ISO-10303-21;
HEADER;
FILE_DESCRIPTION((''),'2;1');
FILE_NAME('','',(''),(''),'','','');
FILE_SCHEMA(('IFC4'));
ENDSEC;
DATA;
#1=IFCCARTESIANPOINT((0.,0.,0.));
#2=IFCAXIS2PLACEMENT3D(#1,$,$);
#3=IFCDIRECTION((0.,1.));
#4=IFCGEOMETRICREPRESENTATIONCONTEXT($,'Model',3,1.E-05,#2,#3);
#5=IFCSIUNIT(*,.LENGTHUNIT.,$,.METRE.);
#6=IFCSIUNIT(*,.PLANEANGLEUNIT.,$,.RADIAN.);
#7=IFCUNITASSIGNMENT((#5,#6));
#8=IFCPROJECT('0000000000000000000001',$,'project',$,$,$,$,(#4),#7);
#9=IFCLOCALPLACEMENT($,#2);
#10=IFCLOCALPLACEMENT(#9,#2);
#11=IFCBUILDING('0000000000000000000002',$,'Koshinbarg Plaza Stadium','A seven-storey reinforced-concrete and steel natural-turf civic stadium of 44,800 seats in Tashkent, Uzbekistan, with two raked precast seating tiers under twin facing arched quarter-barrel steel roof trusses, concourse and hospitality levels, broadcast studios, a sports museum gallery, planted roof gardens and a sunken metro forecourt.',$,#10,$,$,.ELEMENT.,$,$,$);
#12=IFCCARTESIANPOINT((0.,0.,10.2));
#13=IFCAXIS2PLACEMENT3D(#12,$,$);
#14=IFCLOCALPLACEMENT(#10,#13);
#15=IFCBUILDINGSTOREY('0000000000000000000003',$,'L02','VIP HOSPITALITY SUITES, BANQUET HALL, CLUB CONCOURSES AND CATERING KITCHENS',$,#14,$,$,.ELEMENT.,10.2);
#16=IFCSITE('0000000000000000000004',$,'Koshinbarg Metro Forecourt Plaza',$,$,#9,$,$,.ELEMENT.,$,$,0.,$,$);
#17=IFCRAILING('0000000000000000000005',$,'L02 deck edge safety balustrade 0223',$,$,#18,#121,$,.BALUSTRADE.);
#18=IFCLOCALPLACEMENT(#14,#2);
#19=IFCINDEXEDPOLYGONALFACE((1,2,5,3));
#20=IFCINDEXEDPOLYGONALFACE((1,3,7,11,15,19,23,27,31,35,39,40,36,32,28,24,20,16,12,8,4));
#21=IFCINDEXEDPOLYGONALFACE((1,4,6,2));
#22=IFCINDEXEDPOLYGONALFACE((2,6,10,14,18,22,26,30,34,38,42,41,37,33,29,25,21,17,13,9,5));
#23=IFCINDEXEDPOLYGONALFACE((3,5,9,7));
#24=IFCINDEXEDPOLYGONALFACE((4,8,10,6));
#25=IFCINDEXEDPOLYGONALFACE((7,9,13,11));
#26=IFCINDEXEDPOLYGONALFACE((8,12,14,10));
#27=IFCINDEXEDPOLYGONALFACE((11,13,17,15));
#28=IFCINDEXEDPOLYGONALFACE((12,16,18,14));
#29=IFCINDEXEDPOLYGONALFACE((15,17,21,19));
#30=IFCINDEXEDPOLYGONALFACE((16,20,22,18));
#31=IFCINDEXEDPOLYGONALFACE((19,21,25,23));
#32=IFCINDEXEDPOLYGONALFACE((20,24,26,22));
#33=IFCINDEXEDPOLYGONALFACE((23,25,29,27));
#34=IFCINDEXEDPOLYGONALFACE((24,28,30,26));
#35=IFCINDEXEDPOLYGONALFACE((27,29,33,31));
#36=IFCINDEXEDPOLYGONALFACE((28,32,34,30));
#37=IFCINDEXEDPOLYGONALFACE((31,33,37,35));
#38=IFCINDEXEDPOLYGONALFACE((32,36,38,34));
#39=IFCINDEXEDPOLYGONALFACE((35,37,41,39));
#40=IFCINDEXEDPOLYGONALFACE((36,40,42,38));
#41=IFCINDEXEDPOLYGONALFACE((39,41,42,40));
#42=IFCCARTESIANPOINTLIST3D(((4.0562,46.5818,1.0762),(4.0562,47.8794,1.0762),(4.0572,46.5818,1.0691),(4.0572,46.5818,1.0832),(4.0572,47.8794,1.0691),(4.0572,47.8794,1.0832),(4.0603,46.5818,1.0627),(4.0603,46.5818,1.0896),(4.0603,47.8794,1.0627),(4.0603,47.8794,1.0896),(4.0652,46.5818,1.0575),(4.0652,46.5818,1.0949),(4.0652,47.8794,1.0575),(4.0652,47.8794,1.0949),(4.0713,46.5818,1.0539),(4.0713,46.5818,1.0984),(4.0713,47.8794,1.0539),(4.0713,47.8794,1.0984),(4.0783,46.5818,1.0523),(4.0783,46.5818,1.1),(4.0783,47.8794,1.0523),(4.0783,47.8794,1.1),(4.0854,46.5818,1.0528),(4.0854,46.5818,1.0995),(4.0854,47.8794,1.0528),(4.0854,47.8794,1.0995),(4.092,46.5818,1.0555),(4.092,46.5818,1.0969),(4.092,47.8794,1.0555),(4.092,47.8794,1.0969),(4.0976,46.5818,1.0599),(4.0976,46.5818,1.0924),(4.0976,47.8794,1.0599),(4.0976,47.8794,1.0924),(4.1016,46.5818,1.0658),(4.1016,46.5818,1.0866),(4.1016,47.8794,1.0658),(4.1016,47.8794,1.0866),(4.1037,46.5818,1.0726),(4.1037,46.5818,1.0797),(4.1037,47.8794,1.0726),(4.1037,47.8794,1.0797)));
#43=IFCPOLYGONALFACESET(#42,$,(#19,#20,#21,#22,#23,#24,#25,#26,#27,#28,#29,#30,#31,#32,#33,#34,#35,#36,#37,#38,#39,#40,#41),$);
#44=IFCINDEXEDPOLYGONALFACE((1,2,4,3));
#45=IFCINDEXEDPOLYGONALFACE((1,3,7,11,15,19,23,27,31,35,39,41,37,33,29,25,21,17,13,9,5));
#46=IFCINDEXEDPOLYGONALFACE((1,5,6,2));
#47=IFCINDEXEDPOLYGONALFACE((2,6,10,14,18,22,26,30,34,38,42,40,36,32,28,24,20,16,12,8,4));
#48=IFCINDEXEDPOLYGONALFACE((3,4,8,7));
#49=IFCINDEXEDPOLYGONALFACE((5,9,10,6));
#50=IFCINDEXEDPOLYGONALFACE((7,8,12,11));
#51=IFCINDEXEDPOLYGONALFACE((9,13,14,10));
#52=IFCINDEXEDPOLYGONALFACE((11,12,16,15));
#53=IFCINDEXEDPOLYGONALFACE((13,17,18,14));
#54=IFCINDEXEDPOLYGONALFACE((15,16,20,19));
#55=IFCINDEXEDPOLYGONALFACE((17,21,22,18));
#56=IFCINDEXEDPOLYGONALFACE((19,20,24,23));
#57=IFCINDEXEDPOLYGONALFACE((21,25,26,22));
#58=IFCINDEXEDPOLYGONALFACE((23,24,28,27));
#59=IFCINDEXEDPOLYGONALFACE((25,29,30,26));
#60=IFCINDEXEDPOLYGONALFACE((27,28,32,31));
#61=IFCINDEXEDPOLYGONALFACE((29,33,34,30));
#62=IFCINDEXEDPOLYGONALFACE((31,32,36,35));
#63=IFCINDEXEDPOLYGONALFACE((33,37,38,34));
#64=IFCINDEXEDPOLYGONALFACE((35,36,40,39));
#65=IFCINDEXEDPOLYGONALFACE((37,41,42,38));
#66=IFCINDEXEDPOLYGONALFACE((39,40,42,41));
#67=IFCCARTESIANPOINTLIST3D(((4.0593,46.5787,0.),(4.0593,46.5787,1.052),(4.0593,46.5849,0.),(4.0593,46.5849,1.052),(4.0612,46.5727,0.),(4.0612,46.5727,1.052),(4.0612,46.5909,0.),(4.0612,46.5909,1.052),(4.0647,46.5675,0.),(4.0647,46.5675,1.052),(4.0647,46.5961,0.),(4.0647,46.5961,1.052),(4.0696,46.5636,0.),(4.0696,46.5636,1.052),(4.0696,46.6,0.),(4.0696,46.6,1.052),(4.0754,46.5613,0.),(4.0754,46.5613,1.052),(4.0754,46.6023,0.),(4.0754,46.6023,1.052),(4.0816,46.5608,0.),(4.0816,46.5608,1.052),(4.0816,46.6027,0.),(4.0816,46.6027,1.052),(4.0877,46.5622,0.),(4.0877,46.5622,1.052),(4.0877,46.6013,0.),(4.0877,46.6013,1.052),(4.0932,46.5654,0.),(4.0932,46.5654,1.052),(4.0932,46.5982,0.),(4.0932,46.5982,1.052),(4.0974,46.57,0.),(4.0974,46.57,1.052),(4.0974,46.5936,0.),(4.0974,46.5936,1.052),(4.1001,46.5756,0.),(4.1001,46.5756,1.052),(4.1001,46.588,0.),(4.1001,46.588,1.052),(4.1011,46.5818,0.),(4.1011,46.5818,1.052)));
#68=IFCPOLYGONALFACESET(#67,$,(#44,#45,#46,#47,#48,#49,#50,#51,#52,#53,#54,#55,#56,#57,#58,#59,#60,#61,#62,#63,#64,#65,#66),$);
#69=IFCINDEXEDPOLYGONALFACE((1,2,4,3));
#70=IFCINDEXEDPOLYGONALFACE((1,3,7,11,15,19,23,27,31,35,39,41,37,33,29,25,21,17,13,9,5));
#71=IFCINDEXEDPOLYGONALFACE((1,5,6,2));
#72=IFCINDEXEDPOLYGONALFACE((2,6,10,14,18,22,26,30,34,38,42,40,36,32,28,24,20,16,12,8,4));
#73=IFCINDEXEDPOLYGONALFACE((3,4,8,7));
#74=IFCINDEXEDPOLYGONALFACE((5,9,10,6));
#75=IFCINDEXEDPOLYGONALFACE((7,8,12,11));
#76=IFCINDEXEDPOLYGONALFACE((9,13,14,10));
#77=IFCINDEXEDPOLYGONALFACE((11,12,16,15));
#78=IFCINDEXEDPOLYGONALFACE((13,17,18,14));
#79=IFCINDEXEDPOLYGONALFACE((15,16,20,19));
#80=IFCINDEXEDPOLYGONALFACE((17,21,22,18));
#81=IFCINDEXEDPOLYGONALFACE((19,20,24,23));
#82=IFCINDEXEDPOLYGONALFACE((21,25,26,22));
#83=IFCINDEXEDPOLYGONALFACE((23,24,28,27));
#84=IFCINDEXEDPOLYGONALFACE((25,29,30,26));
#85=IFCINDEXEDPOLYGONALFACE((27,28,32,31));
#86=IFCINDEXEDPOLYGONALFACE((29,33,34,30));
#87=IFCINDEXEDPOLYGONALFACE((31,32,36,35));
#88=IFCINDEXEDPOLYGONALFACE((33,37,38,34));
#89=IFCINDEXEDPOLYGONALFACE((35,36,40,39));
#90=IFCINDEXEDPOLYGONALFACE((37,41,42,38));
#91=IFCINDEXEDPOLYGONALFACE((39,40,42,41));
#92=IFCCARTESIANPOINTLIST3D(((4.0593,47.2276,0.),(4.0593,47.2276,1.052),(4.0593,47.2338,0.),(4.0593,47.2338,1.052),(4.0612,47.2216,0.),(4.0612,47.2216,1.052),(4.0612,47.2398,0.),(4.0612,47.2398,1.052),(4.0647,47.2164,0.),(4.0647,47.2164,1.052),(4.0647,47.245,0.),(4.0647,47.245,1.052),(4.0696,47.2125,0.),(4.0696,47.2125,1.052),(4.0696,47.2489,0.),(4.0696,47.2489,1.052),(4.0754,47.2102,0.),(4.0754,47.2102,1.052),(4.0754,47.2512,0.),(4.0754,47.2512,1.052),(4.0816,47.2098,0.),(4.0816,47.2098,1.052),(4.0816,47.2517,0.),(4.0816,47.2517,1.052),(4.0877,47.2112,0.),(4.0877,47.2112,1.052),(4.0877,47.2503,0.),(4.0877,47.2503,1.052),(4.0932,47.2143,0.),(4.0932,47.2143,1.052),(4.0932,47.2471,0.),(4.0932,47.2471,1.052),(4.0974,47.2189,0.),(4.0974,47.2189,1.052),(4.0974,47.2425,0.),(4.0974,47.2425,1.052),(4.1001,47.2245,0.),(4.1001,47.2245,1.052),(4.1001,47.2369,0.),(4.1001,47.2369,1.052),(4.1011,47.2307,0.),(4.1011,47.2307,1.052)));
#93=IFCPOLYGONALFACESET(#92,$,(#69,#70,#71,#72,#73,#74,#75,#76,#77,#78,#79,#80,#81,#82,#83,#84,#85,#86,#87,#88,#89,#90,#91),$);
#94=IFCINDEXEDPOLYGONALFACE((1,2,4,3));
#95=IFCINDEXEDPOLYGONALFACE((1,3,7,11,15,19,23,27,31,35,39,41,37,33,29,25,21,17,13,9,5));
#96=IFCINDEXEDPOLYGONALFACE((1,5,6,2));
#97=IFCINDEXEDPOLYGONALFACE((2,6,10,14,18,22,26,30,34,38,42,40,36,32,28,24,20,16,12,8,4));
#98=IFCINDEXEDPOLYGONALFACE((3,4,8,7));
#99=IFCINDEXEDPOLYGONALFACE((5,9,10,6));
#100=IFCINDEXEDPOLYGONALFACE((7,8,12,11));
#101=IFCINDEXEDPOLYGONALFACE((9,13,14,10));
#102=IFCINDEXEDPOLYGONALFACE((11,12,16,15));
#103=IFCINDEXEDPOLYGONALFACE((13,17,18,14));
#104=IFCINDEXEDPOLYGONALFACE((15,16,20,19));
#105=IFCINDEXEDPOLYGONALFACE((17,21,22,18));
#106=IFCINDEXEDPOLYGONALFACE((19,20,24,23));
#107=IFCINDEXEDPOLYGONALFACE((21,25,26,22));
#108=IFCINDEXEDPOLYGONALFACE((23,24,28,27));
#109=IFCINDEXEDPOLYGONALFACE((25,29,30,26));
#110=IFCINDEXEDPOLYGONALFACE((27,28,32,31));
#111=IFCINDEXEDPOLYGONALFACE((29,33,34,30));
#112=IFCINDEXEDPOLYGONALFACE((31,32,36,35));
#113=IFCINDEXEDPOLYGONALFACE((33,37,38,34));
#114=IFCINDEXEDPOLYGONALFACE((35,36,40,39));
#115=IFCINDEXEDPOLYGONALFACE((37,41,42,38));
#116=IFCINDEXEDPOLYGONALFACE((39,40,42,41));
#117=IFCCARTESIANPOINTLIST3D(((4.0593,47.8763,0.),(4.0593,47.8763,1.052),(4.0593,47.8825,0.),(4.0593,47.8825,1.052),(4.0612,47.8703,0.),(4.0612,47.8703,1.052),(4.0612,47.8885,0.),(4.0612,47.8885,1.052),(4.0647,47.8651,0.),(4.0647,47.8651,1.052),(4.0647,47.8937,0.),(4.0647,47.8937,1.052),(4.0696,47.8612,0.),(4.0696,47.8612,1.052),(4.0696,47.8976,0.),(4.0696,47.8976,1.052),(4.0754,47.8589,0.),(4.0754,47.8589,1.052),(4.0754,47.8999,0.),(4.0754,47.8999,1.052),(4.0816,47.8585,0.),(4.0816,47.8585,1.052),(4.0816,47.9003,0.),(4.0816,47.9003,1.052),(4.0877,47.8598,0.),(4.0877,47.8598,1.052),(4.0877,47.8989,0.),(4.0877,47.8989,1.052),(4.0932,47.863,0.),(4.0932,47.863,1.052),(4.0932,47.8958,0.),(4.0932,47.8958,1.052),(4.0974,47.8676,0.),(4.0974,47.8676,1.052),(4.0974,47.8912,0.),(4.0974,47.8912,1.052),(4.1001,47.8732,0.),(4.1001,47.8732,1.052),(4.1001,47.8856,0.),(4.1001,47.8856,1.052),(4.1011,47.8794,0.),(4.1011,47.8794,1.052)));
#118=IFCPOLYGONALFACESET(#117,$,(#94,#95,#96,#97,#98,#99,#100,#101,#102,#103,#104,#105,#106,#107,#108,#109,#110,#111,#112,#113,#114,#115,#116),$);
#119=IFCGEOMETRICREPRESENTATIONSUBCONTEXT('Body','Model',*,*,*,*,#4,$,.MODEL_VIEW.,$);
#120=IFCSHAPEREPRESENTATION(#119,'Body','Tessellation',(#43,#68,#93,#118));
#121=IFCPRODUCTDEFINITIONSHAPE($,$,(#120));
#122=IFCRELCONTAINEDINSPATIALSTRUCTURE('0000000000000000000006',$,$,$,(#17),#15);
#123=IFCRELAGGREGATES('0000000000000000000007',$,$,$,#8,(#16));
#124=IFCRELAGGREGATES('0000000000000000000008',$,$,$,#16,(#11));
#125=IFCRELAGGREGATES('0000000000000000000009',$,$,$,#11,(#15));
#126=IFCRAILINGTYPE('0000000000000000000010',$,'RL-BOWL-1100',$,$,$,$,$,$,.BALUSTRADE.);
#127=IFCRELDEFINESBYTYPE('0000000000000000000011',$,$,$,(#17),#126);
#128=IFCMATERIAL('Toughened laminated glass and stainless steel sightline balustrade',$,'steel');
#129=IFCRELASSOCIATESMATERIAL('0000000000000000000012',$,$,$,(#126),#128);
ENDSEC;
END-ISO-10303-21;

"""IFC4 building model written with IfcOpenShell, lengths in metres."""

from ifc_helpers import new_model, si_unit, direction, frame, origin, origin_2d, place, context, subcontext, project, spatial, circle, extrude, material, type_object, element, save


model = new_model("IFC4")

# Units and contexts
model_context = context("Model", 3, precision=1e-05, world=origin(), true_north=direction((0.0, 1.0)))
body_context = subcontext(model_context, "Body", "Model", "MODEL_VIEW")
ifc_project = project(units=[si_unit("LENGTHUNIT", "METRE"), si_unit("PLANEANGLEUNIT", "RADIAN")], contexts=[model_context])

# Site, building, storey
site_placement = place(None, origin())
site = spatial("IfcSite", under=ifc_project, at=site_placement, Name="Koshinbarg Metro Forecourt Plaza", CompositionType="ELEMENT", RefElevation=0.0)
building_placement = place(site_placement, origin())
building = spatial("IfcBuilding", under=site, at=building_placement, Name="Koshinbarg Plaza Stadium", Description="A seven-storey reinforced-concrete and steel natural-turf civic stadium of 44,800 seats in Tashkent, Uzbekistan, with two raked precast seating tiers under twin facing arched quarter-barrel steel roof trusses, concourse and hospitality levels, broadcast studios, a sports museum gallery, planted roof gardens and a sunken metro forecourt.", CompositionType="ELEMENT")
storey_placement = place(building_placement, frame((0.0, 0.0, 10.2)))
storey = spatial("IfcBuildingStorey", under=building, at=storey_placement, Name="L02", Description="VIP HOSPITALITY SUITES, BANQUET HALL, CLUB CONCOURSES AND CATERING KITCHENS", CompositionType="ELEMENT", Elevation=10.2)

# Railing
ifc_material_1 = material(Name="Toughened laminated glass and stainless steel sightline balustrade", Category="steel")
railing_type = type_object("IfcRailingType", Name="RL-BOWL-1100", PredefinedType="BALUSTRADE", material=ifc_material_1)
railing_1_placement = place(storey_placement, frame((4.0801, 46.5818, 0.0)))
element("IfcRailing", 1, at=railing_1_placement, inside=storey, type_object=railing_type, Name="L02 deck edge safety balustrade 0223", PredefinedType="BALUSTRADE", context=body_context, shape_type="SweptSolid", body=[
    extrude(circle(Radius=0.0239, at=origin_2d()), frame((0.0, 0.0, 1.0762), z_axis=(0.0, 1.0, 0.0), x_axis=(-1.0, 0.0, 0.0)), (0.0, 0.0, 1.0), 1.2976),
    extrude(circle(Radius=0.021, at=origin_2d()), origin(), (0.0, 0.0, 1.0), 1.052),
    extrude(circle(Radius=0.021, at=origin_2d()), frame((0.0, 0.6489, 0.0)), (0.0, 0.0, 1.0), 1.052),
    extrude(circle(Radius=0.021, at=origin_2d()), frame((0.0, 1.2976, 0.0)), (0.0, 0.0, 1.0), 1.052),
])

save(model, "model.ifc")
